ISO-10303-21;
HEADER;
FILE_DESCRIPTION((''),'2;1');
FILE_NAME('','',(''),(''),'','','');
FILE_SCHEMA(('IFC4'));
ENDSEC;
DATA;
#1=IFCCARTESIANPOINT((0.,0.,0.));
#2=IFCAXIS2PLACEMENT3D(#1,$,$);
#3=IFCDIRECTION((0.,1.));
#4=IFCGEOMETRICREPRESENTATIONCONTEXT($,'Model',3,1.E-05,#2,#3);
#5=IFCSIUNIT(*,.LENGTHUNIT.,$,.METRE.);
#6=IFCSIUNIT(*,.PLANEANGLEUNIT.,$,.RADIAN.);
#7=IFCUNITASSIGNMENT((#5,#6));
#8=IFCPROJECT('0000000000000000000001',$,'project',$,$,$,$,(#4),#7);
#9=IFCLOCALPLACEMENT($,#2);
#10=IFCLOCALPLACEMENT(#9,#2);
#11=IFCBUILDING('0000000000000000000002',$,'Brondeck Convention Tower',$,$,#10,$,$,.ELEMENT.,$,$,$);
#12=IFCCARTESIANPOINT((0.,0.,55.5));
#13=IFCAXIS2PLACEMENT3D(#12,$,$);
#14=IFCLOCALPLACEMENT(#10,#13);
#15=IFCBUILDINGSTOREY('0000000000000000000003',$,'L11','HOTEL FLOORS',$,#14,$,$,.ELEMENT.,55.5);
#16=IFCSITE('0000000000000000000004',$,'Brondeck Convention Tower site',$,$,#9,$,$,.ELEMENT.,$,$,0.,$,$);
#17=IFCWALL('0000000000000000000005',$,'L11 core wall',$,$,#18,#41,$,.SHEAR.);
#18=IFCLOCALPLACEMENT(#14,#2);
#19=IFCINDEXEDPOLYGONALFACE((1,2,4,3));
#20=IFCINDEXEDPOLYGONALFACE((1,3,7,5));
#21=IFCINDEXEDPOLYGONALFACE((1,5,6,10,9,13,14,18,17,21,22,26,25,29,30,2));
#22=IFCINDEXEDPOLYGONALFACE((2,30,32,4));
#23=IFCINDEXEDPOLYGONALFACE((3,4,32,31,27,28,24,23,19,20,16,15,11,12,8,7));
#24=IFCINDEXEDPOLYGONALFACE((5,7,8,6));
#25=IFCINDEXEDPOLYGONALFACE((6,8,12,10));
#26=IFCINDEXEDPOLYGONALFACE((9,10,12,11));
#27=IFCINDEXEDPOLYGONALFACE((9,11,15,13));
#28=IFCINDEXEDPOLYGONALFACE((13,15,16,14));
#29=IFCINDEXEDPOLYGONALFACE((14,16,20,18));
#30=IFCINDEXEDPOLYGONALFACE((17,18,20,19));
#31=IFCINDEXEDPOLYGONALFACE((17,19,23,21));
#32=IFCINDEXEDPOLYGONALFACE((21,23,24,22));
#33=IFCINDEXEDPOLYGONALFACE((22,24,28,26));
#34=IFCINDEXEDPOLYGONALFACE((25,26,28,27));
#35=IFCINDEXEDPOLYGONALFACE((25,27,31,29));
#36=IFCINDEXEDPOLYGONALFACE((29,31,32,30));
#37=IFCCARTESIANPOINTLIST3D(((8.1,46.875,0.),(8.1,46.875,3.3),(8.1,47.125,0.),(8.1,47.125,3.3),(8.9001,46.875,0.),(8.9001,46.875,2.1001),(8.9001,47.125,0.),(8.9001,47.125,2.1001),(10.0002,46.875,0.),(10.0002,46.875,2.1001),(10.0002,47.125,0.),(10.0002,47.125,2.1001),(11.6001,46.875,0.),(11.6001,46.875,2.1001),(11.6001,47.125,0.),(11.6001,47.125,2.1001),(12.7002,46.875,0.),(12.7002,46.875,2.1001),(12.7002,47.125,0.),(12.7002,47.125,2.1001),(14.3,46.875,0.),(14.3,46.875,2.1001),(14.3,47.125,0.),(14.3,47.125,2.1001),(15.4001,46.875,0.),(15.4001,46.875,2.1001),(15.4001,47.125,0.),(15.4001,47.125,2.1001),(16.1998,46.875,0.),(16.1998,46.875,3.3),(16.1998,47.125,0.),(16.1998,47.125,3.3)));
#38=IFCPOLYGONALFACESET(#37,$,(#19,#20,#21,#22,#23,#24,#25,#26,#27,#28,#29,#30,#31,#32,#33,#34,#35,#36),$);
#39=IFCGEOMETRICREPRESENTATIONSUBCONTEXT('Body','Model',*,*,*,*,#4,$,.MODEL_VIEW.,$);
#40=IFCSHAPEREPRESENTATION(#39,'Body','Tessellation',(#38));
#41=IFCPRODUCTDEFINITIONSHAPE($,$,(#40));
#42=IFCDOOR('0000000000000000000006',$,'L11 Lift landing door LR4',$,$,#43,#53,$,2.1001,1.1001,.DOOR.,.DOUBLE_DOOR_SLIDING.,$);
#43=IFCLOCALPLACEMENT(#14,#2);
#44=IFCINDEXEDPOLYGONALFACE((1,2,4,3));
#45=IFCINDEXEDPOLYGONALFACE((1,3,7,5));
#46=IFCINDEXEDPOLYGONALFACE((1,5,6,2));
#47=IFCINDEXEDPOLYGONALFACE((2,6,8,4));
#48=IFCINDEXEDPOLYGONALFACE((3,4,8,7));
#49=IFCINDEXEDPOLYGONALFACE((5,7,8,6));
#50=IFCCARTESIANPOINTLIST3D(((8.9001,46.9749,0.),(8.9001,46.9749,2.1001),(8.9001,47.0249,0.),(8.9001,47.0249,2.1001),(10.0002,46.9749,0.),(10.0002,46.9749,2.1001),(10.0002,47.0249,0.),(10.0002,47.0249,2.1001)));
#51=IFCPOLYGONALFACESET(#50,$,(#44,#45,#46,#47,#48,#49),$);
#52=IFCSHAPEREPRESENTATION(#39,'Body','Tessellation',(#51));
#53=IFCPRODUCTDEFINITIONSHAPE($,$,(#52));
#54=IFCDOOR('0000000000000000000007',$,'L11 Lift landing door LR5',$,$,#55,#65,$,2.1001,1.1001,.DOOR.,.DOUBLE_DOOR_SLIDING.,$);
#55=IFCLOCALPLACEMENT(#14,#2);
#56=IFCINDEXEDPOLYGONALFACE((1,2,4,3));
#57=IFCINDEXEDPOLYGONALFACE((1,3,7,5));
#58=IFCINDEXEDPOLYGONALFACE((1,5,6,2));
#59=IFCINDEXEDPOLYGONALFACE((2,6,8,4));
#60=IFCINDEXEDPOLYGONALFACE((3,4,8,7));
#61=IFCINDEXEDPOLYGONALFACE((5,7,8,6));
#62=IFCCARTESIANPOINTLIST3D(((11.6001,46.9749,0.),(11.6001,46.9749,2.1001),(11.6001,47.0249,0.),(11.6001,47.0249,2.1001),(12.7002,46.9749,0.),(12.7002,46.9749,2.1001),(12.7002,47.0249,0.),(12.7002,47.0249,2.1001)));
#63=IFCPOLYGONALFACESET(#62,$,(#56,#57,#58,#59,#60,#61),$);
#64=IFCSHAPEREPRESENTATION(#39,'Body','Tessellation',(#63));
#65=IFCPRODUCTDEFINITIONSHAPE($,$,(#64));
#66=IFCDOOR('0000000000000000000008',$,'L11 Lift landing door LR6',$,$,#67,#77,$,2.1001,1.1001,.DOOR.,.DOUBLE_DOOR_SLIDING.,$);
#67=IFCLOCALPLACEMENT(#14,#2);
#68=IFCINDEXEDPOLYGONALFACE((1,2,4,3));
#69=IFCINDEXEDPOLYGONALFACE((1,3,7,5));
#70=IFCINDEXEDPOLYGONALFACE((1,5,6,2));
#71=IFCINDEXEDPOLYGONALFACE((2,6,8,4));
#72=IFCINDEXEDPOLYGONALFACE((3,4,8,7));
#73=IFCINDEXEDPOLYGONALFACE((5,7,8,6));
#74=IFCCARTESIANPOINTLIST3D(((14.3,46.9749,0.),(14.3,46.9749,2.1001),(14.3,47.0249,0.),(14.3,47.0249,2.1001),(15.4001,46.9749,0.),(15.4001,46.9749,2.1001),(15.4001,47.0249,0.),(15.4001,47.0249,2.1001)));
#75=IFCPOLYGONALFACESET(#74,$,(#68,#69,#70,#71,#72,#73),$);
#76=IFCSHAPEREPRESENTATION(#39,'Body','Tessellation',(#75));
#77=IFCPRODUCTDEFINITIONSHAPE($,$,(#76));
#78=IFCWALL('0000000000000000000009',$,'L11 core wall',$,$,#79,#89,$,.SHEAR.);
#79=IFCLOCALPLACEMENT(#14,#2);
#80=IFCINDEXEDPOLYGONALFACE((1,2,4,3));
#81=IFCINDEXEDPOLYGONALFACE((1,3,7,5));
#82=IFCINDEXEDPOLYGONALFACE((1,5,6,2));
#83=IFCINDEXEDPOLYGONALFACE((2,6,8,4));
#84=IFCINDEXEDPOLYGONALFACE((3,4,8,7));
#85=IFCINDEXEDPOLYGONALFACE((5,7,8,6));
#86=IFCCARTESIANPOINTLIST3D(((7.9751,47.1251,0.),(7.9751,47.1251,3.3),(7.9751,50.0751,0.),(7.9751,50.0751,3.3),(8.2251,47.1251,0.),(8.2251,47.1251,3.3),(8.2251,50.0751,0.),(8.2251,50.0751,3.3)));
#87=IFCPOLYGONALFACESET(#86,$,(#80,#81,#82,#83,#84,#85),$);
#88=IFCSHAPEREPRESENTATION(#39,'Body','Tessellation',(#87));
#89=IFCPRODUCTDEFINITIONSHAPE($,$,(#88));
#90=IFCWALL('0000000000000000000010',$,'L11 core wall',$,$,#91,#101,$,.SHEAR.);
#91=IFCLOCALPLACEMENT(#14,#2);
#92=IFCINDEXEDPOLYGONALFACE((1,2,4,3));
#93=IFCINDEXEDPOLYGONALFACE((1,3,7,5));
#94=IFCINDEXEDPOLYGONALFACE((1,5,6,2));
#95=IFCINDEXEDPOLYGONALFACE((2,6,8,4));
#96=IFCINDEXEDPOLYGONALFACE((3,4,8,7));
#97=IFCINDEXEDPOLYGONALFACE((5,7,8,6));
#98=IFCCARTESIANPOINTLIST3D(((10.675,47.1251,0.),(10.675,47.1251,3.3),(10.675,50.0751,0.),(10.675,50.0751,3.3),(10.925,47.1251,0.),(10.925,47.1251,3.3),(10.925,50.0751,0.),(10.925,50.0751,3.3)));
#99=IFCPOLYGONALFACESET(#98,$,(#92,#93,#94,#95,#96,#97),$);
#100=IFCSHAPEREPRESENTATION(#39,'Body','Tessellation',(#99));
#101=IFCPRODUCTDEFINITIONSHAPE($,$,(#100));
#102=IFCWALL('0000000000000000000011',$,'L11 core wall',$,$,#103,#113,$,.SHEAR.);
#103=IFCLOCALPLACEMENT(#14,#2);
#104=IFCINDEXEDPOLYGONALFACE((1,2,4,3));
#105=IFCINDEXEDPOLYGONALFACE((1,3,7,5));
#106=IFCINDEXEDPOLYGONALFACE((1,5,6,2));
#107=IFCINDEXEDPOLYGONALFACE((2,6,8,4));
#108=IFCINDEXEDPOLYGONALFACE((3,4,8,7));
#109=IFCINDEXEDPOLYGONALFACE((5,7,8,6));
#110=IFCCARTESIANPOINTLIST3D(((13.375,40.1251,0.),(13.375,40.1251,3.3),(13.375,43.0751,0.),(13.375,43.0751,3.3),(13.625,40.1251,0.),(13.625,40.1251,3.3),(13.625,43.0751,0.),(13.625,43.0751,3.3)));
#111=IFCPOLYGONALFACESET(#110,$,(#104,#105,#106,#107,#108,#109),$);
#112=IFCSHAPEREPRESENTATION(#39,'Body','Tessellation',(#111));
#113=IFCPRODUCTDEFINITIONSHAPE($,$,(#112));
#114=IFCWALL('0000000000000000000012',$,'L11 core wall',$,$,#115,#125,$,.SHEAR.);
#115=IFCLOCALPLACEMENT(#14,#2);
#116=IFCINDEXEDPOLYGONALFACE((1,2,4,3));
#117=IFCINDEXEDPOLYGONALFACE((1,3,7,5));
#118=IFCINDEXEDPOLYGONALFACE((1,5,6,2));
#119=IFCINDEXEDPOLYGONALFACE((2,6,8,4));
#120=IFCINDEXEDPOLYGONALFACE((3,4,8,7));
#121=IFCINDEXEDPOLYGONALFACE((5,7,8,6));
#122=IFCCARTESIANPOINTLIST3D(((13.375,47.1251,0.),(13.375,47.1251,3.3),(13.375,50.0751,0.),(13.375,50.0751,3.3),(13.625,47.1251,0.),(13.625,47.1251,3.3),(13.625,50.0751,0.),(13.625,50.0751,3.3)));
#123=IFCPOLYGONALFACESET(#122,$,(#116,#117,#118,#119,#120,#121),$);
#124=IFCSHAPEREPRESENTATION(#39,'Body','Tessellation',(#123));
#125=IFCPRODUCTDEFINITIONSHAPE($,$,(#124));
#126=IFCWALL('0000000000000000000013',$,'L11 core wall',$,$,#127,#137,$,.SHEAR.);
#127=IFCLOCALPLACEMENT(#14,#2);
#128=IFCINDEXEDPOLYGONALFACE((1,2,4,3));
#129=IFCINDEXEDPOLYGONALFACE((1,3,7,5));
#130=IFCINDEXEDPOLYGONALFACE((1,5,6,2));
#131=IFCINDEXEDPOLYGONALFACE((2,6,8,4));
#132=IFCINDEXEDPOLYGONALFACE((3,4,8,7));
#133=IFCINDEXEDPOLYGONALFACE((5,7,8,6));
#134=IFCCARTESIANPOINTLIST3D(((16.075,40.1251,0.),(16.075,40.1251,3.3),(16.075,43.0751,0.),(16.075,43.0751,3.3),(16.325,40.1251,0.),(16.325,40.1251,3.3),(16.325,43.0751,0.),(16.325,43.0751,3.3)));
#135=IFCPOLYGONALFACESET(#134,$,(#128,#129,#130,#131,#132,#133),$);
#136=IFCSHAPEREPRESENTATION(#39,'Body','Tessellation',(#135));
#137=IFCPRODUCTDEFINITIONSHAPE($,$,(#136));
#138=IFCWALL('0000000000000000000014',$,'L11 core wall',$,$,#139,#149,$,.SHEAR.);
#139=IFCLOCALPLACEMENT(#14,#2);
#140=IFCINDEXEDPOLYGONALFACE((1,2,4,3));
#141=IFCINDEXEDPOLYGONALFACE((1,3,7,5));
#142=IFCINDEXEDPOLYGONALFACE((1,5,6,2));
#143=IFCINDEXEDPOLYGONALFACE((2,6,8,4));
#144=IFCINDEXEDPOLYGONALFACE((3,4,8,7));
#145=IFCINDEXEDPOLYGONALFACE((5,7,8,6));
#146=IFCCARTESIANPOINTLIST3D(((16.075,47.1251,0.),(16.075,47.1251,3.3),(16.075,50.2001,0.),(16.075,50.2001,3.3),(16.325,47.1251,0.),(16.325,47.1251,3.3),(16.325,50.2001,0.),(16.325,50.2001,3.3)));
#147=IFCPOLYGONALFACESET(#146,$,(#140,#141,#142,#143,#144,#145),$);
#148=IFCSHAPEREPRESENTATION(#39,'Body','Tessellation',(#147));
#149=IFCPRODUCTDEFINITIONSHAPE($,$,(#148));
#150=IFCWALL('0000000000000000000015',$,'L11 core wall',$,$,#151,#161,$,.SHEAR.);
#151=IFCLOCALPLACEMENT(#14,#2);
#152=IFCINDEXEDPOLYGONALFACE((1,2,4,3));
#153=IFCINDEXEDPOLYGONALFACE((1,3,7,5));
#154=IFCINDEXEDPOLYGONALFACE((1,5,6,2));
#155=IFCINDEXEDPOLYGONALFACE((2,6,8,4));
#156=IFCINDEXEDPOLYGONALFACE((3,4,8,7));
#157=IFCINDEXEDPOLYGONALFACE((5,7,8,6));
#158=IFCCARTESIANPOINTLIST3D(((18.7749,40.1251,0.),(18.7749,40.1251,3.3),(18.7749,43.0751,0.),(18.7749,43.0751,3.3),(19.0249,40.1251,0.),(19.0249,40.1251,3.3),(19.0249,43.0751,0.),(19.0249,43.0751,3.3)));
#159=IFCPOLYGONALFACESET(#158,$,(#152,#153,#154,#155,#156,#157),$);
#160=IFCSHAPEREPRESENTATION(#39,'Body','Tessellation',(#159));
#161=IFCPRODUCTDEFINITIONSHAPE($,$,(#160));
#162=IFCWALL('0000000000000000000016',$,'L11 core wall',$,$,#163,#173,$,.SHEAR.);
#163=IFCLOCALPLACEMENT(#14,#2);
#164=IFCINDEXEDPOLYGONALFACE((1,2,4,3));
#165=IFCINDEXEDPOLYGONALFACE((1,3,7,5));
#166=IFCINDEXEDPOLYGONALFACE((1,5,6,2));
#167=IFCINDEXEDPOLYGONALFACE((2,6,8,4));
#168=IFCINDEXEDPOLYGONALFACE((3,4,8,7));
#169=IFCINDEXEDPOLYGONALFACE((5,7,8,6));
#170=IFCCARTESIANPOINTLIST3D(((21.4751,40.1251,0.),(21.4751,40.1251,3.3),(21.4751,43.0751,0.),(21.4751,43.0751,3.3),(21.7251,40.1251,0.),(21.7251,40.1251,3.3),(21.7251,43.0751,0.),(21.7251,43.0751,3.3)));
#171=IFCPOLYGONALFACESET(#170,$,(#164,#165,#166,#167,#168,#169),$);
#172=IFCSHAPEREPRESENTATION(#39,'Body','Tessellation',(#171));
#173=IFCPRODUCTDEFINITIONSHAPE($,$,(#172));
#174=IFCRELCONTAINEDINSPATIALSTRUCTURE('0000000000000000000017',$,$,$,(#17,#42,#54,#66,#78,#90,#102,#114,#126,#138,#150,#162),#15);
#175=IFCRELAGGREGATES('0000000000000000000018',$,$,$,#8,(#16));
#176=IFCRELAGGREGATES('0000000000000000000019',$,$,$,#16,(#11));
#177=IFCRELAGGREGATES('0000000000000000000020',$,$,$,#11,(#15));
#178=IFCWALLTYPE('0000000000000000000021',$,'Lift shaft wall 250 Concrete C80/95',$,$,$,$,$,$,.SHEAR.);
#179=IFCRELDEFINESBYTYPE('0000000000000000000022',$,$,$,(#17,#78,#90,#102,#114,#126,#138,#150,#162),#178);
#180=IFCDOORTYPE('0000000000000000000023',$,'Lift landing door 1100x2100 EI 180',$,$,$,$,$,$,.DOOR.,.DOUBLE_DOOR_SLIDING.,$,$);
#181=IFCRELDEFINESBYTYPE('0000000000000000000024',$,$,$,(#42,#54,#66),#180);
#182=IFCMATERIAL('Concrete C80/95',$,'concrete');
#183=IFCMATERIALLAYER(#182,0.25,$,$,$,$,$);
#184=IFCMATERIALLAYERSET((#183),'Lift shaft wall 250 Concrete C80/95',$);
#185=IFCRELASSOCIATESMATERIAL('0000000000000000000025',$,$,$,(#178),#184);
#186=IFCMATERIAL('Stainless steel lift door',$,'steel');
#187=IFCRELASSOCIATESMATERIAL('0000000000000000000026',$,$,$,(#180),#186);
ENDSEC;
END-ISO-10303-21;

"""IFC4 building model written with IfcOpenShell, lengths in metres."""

from ifc_helpers import new_model, si_unit, direction, frame, frame_2d, origin, place, context, subcontext, project, spatial, rectangle, extrude, material, layer, layer_set, type_object, element, fill, save


model = new_model("IFC4")

# Units and contexts
model_context = context("Model", 3, precision=1e-05, world=origin(), true_north=direction((0.0, 1.0)))
body_context = subcontext(model_context, "Body", "Model", "MODEL_VIEW")
ifc_project = project(units=[si_unit("LENGTHUNIT", "METRE"), si_unit("PLANEANGLEUNIT", "RADIAN")], contexts=[model_context])

# Site, building, storey
site_placement = place(None, origin())
site = spatial("IfcSite", under=ifc_project, at=site_placement, Name="Brondeck Convention Tower site", CompositionType="ELEMENT", RefElevation=0.0)
building_placement = place(site_placement, origin())
building = spatial("IfcBuilding", under=site, at=building_placement, Name="Brondeck Convention Tower", CompositionType="ELEMENT")
storey_placement = place(building_placement, frame((0.0, 0.0, 55.5)))
storey = spatial("IfcBuildingStorey", under=building, at=storey_placement, Name="L11", Description="HOTEL FLOORS", CompositionType="ELEMENT", Elevation=55.5)

# Shared definitions
ifc_material_1 = material(Name="Concrete C80/95", Category="concrete")

# Wall, openings, doors
ifc_layer_1 = layer(ifc_material_1, 0.25)
ifc_layer_set_1 = layer_set([ifc_layer_1], Name="Lift shaft wall 250 Concrete C80/95")
wall_type_1 = type_object("IfcWallType", Name="Lift shaft wall 250 Concrete C80/95", PredefinedType="SHEAR", material=ifc_layer_set_1)
ifc_material_2 = material(Name="Stainless steel lift door", Category="steel")
door_type_1 = type_object("IfcDoorType", Name="Lift landing door 1100x2100 EI 180", OperationType="DOUBLE_DOOR_SLIDING", PredefinedType="DOOR", material=ifc_material_2)
wall_1_placement = place(storey_placement, frame((8.1001, 47.0, 0.0), z_axis=(0.0, 0.0, 1.0), x_axis=(1.0, 0.0, 0.0)))
wall_1 = element("IfcWall", 1, at=wall_1_placement, inside=storey, type_object=wall_type_1, Name="L11 core wall", PredefinedType="SHEAR", context=body_context, shape_type="SweptSolid", body=[
    extrude(rectangle(XDim=8.0999, YDim=0.25, at=frame_2d((4.0498, 0.0))), origin(), (0.0, 0.0, 1.0), 3.3),
])
opening_1_placement = place(wall_1_placement, frame((0.8, 0.0, 0.0)))
opening_1 = element("IfcOpeningElement", 2, at=opening_1_placement, cuts=wall_1, PredefinedType="OPENING", context=body_context, shape_type="SweptSolid", body=[
    extrude(rectangle(XDim=1.1001, YDim=2.1001, at=frame_2d((0.55, 1.05))), frame((0.0, 0.135, 0.0), z_axis=(0.0, -1.0, 0.0), x_axis=(1.0, 0.0, 0.0)), (0.0, 0.0, 1.0), 0.27),
])
opening_2_placement = place(wall_1_placement, frame((3.5, 0.0, 0.0)))
opening_2 = element("IfcOpeningElement", 3, at=opening_2_placement, cuts=wall_1, PredefinedType="OPENING", context=body_context, shape_type="SweptSolid", body=[
    extrude(rectangle(XDim=1.1001, YDim=2.1001, at=frame_2d((0.55, 1.05))), frame((0.0, 0.135, 0.0), z_axis=(0.0, -1.0, 0.0), x_axis=(1.0, 0.0, 0.0)), (0.0, 0.0, 1.0), 0.27),
])
opening_3_placement = place(wall_1_placement, frame((6.2, 0.0, 0.0)))
opening_3 = element("IfcOpeningElement", 4, at=opening_3_placement, cuts=wall_1, PredefinedType="OPENING", context=body_context, shape_type="SweptSolid", body=[
    extrude(rectangle(XDim=1.1001, YDim=2.1001, at=frame_2d((0.55, 1.05))), frame((0.0, 0.135, 0.0), z_axis=(0.0, -1.0, 0.0), x_axis=(1.0, 0.0, 0.0)), (0.0, 0.0, 1.0), 0.27),
])
door_1_placement = place(opening_1_placement, origin())
door_1 = element("IfcDoor", 5, at=door_1_placement, inside=storey, type_object=door_type_1, Name="L11 Lift landing door LR4", OperationType="DOUBLE_DOOR_SLIDING", OverallHeight=2.1001, OverallWidth=1.1001, PredefinedType="DOOR", context=body_context, shape_type="SweptSolid", body=[
    extrude(rectangle(XDim=1.1001, YDim=2.1001, at=frame_2d((0.55, 1.05))), frame((0.0, 0.0249, 0.0), z_axis=(0.0, -1.0, 0.0), x_axis=(1.0, 0.0, 0.0)), (0.0, 0.0, 1.0), 0.05),
])
fill(opening_1, door_1)
door_2_placement = place(opening_2_placement, origin())
door_2 = element("IfcDoor", 6, at=door_2_placement, inside=storey, type_object=door_type_1, Name="L11 Lift landing door LR5", OperationType="DOUBLE_DOOR_SLIDING", OverallHeight=2.1001, OverallWidth=1.1001, PredefinedType="DOOR", context=body_context, shape_type="SweptSolid", body=[
    extrude(rectangle(XDim=1.1001, YDim=2.1001, at=frame_2d((0.55, 1.05))), frame((0.0, 0.0249, 0.0), z_axis=(0.0, -1.0, 0.0), x_axis=(1.0, 0.0, 0.0)), (0.0, 0.0, 1.0), 0.05),
])
fill(opening_2, door_2)
door_3_placement = place(opening_3_placement, origin())
door_3 = element("IfcDoor", 7, at=door_3_placement, inside=storey, type_object=door_type_1, Name="L11 Lift landing door LR6", OperationType="DOUBLE_DOOR_SLIDING", OverallHeight=2.1001, OverallWidth=1.1001, PredefinedType="DOOR", context=body_context, shape_type="SweptSolid", body=[
    extrude(rectangle(XDim=1.1001, YDim=2.1001, at=frame_2d((0.55, 1.05))), frame((0.0, 0.0249, 0.0), z_axis=(0.0, -1.0, 0.0), x_axis=(1.0, 0.0, 0.0)), (0.0, 0.0, 1.0), 0.05),
])
fill(opening_3, door_3)

# Walls
for number, where, z_axis, x_axis, name in (
    (8, (8.1001, 47.125, 0.0), (0.0, 0.0, 1.0), (0.0, 1.0, 0.0), "L11 core wall"),
    (9, (10.8, 47.125, 0.0), (0.0, 0.0, 1.0), (0.0, 1.0, 0.0), "L11 core wall"),
    (10, (13.5, 40.125, 0.0), (0.0, 0.0, 1.0), (0.0, 1.0, 0.0), "L11 core wall"),
    (11, (13.5, 47.125, 0.0), (0.0, 0.0, 1.0), (0.0, 1.0, 0.0), "L11 core wall"),
    (12, (16.2, 40.125, 0.0), (0.0, 0.0, 1.0), (0.0, 1.0, 0.0), "L11 core wall"),
):
    element("IfcWall", number, at=place(storey_placement, frame(where, z_axis=z_axis, x_axis=x_axis)), inside=storey, type_object=wall_type_1, Name=name, PredefinedType="SHEAR", context=body_context, shape_type="SweptSolid", body=[
        extrude(rectangle(XDim=2.95, YDim=0.25, at=frame_2d((1.4751, 0.0))), origin(), (0.0, 0.0, 1.0), 3.3),
    ])
wall_2_placement = place(storey_placement, frame((16.2, 47.125, 0.0), z_axis=(0.0, 0.0, 1.0), x_axis=(0.0, 1.0, 0.0)))
element("IfcWall", 13, at=wall_2_placement, inside=storey, type_object=wall_type_1, Name="L11 core wall", PredefinedType="SHEAR", context=body_context, shape_type="SweptSolid", body=[
    extrude(rectangle(XDim=3.075, YDim=0.25, at=frame_2d((1.5376, 0.0))), origin(), (0.0, 0.0, 1.0), 3.3),
])
for number, where, z_axis, x_axis, name in (
    (14, (18.8999, 40.125, 0.0), (0.0, 0.0, 1.0), (0.0, 1.0, 0.0), "L11 core wall"),
    (15, (21.6001, 40.125, 0.0), (0.0, 0.0, 1.0), (0.0, 1.0, 0.0), "L11 core wall"),
):
    element("IfcWall", number, at=place(storey_placement, frame(where, z_axis=z_axis, x_axis=x_axis)), inside=storey, type_object=wall_type_1, Name=name, PredefinedType="SHEAR", context=body_context, shape_type="SweptSolid", body=[
        extrude(rectangle(XDim=2.95, YDim=0.25, at=frame_2d((1.4751, 0.0))), origin(), (0.0, 0.0, 1.0), 3.3),
    ])

save(model, "model.ifc")
